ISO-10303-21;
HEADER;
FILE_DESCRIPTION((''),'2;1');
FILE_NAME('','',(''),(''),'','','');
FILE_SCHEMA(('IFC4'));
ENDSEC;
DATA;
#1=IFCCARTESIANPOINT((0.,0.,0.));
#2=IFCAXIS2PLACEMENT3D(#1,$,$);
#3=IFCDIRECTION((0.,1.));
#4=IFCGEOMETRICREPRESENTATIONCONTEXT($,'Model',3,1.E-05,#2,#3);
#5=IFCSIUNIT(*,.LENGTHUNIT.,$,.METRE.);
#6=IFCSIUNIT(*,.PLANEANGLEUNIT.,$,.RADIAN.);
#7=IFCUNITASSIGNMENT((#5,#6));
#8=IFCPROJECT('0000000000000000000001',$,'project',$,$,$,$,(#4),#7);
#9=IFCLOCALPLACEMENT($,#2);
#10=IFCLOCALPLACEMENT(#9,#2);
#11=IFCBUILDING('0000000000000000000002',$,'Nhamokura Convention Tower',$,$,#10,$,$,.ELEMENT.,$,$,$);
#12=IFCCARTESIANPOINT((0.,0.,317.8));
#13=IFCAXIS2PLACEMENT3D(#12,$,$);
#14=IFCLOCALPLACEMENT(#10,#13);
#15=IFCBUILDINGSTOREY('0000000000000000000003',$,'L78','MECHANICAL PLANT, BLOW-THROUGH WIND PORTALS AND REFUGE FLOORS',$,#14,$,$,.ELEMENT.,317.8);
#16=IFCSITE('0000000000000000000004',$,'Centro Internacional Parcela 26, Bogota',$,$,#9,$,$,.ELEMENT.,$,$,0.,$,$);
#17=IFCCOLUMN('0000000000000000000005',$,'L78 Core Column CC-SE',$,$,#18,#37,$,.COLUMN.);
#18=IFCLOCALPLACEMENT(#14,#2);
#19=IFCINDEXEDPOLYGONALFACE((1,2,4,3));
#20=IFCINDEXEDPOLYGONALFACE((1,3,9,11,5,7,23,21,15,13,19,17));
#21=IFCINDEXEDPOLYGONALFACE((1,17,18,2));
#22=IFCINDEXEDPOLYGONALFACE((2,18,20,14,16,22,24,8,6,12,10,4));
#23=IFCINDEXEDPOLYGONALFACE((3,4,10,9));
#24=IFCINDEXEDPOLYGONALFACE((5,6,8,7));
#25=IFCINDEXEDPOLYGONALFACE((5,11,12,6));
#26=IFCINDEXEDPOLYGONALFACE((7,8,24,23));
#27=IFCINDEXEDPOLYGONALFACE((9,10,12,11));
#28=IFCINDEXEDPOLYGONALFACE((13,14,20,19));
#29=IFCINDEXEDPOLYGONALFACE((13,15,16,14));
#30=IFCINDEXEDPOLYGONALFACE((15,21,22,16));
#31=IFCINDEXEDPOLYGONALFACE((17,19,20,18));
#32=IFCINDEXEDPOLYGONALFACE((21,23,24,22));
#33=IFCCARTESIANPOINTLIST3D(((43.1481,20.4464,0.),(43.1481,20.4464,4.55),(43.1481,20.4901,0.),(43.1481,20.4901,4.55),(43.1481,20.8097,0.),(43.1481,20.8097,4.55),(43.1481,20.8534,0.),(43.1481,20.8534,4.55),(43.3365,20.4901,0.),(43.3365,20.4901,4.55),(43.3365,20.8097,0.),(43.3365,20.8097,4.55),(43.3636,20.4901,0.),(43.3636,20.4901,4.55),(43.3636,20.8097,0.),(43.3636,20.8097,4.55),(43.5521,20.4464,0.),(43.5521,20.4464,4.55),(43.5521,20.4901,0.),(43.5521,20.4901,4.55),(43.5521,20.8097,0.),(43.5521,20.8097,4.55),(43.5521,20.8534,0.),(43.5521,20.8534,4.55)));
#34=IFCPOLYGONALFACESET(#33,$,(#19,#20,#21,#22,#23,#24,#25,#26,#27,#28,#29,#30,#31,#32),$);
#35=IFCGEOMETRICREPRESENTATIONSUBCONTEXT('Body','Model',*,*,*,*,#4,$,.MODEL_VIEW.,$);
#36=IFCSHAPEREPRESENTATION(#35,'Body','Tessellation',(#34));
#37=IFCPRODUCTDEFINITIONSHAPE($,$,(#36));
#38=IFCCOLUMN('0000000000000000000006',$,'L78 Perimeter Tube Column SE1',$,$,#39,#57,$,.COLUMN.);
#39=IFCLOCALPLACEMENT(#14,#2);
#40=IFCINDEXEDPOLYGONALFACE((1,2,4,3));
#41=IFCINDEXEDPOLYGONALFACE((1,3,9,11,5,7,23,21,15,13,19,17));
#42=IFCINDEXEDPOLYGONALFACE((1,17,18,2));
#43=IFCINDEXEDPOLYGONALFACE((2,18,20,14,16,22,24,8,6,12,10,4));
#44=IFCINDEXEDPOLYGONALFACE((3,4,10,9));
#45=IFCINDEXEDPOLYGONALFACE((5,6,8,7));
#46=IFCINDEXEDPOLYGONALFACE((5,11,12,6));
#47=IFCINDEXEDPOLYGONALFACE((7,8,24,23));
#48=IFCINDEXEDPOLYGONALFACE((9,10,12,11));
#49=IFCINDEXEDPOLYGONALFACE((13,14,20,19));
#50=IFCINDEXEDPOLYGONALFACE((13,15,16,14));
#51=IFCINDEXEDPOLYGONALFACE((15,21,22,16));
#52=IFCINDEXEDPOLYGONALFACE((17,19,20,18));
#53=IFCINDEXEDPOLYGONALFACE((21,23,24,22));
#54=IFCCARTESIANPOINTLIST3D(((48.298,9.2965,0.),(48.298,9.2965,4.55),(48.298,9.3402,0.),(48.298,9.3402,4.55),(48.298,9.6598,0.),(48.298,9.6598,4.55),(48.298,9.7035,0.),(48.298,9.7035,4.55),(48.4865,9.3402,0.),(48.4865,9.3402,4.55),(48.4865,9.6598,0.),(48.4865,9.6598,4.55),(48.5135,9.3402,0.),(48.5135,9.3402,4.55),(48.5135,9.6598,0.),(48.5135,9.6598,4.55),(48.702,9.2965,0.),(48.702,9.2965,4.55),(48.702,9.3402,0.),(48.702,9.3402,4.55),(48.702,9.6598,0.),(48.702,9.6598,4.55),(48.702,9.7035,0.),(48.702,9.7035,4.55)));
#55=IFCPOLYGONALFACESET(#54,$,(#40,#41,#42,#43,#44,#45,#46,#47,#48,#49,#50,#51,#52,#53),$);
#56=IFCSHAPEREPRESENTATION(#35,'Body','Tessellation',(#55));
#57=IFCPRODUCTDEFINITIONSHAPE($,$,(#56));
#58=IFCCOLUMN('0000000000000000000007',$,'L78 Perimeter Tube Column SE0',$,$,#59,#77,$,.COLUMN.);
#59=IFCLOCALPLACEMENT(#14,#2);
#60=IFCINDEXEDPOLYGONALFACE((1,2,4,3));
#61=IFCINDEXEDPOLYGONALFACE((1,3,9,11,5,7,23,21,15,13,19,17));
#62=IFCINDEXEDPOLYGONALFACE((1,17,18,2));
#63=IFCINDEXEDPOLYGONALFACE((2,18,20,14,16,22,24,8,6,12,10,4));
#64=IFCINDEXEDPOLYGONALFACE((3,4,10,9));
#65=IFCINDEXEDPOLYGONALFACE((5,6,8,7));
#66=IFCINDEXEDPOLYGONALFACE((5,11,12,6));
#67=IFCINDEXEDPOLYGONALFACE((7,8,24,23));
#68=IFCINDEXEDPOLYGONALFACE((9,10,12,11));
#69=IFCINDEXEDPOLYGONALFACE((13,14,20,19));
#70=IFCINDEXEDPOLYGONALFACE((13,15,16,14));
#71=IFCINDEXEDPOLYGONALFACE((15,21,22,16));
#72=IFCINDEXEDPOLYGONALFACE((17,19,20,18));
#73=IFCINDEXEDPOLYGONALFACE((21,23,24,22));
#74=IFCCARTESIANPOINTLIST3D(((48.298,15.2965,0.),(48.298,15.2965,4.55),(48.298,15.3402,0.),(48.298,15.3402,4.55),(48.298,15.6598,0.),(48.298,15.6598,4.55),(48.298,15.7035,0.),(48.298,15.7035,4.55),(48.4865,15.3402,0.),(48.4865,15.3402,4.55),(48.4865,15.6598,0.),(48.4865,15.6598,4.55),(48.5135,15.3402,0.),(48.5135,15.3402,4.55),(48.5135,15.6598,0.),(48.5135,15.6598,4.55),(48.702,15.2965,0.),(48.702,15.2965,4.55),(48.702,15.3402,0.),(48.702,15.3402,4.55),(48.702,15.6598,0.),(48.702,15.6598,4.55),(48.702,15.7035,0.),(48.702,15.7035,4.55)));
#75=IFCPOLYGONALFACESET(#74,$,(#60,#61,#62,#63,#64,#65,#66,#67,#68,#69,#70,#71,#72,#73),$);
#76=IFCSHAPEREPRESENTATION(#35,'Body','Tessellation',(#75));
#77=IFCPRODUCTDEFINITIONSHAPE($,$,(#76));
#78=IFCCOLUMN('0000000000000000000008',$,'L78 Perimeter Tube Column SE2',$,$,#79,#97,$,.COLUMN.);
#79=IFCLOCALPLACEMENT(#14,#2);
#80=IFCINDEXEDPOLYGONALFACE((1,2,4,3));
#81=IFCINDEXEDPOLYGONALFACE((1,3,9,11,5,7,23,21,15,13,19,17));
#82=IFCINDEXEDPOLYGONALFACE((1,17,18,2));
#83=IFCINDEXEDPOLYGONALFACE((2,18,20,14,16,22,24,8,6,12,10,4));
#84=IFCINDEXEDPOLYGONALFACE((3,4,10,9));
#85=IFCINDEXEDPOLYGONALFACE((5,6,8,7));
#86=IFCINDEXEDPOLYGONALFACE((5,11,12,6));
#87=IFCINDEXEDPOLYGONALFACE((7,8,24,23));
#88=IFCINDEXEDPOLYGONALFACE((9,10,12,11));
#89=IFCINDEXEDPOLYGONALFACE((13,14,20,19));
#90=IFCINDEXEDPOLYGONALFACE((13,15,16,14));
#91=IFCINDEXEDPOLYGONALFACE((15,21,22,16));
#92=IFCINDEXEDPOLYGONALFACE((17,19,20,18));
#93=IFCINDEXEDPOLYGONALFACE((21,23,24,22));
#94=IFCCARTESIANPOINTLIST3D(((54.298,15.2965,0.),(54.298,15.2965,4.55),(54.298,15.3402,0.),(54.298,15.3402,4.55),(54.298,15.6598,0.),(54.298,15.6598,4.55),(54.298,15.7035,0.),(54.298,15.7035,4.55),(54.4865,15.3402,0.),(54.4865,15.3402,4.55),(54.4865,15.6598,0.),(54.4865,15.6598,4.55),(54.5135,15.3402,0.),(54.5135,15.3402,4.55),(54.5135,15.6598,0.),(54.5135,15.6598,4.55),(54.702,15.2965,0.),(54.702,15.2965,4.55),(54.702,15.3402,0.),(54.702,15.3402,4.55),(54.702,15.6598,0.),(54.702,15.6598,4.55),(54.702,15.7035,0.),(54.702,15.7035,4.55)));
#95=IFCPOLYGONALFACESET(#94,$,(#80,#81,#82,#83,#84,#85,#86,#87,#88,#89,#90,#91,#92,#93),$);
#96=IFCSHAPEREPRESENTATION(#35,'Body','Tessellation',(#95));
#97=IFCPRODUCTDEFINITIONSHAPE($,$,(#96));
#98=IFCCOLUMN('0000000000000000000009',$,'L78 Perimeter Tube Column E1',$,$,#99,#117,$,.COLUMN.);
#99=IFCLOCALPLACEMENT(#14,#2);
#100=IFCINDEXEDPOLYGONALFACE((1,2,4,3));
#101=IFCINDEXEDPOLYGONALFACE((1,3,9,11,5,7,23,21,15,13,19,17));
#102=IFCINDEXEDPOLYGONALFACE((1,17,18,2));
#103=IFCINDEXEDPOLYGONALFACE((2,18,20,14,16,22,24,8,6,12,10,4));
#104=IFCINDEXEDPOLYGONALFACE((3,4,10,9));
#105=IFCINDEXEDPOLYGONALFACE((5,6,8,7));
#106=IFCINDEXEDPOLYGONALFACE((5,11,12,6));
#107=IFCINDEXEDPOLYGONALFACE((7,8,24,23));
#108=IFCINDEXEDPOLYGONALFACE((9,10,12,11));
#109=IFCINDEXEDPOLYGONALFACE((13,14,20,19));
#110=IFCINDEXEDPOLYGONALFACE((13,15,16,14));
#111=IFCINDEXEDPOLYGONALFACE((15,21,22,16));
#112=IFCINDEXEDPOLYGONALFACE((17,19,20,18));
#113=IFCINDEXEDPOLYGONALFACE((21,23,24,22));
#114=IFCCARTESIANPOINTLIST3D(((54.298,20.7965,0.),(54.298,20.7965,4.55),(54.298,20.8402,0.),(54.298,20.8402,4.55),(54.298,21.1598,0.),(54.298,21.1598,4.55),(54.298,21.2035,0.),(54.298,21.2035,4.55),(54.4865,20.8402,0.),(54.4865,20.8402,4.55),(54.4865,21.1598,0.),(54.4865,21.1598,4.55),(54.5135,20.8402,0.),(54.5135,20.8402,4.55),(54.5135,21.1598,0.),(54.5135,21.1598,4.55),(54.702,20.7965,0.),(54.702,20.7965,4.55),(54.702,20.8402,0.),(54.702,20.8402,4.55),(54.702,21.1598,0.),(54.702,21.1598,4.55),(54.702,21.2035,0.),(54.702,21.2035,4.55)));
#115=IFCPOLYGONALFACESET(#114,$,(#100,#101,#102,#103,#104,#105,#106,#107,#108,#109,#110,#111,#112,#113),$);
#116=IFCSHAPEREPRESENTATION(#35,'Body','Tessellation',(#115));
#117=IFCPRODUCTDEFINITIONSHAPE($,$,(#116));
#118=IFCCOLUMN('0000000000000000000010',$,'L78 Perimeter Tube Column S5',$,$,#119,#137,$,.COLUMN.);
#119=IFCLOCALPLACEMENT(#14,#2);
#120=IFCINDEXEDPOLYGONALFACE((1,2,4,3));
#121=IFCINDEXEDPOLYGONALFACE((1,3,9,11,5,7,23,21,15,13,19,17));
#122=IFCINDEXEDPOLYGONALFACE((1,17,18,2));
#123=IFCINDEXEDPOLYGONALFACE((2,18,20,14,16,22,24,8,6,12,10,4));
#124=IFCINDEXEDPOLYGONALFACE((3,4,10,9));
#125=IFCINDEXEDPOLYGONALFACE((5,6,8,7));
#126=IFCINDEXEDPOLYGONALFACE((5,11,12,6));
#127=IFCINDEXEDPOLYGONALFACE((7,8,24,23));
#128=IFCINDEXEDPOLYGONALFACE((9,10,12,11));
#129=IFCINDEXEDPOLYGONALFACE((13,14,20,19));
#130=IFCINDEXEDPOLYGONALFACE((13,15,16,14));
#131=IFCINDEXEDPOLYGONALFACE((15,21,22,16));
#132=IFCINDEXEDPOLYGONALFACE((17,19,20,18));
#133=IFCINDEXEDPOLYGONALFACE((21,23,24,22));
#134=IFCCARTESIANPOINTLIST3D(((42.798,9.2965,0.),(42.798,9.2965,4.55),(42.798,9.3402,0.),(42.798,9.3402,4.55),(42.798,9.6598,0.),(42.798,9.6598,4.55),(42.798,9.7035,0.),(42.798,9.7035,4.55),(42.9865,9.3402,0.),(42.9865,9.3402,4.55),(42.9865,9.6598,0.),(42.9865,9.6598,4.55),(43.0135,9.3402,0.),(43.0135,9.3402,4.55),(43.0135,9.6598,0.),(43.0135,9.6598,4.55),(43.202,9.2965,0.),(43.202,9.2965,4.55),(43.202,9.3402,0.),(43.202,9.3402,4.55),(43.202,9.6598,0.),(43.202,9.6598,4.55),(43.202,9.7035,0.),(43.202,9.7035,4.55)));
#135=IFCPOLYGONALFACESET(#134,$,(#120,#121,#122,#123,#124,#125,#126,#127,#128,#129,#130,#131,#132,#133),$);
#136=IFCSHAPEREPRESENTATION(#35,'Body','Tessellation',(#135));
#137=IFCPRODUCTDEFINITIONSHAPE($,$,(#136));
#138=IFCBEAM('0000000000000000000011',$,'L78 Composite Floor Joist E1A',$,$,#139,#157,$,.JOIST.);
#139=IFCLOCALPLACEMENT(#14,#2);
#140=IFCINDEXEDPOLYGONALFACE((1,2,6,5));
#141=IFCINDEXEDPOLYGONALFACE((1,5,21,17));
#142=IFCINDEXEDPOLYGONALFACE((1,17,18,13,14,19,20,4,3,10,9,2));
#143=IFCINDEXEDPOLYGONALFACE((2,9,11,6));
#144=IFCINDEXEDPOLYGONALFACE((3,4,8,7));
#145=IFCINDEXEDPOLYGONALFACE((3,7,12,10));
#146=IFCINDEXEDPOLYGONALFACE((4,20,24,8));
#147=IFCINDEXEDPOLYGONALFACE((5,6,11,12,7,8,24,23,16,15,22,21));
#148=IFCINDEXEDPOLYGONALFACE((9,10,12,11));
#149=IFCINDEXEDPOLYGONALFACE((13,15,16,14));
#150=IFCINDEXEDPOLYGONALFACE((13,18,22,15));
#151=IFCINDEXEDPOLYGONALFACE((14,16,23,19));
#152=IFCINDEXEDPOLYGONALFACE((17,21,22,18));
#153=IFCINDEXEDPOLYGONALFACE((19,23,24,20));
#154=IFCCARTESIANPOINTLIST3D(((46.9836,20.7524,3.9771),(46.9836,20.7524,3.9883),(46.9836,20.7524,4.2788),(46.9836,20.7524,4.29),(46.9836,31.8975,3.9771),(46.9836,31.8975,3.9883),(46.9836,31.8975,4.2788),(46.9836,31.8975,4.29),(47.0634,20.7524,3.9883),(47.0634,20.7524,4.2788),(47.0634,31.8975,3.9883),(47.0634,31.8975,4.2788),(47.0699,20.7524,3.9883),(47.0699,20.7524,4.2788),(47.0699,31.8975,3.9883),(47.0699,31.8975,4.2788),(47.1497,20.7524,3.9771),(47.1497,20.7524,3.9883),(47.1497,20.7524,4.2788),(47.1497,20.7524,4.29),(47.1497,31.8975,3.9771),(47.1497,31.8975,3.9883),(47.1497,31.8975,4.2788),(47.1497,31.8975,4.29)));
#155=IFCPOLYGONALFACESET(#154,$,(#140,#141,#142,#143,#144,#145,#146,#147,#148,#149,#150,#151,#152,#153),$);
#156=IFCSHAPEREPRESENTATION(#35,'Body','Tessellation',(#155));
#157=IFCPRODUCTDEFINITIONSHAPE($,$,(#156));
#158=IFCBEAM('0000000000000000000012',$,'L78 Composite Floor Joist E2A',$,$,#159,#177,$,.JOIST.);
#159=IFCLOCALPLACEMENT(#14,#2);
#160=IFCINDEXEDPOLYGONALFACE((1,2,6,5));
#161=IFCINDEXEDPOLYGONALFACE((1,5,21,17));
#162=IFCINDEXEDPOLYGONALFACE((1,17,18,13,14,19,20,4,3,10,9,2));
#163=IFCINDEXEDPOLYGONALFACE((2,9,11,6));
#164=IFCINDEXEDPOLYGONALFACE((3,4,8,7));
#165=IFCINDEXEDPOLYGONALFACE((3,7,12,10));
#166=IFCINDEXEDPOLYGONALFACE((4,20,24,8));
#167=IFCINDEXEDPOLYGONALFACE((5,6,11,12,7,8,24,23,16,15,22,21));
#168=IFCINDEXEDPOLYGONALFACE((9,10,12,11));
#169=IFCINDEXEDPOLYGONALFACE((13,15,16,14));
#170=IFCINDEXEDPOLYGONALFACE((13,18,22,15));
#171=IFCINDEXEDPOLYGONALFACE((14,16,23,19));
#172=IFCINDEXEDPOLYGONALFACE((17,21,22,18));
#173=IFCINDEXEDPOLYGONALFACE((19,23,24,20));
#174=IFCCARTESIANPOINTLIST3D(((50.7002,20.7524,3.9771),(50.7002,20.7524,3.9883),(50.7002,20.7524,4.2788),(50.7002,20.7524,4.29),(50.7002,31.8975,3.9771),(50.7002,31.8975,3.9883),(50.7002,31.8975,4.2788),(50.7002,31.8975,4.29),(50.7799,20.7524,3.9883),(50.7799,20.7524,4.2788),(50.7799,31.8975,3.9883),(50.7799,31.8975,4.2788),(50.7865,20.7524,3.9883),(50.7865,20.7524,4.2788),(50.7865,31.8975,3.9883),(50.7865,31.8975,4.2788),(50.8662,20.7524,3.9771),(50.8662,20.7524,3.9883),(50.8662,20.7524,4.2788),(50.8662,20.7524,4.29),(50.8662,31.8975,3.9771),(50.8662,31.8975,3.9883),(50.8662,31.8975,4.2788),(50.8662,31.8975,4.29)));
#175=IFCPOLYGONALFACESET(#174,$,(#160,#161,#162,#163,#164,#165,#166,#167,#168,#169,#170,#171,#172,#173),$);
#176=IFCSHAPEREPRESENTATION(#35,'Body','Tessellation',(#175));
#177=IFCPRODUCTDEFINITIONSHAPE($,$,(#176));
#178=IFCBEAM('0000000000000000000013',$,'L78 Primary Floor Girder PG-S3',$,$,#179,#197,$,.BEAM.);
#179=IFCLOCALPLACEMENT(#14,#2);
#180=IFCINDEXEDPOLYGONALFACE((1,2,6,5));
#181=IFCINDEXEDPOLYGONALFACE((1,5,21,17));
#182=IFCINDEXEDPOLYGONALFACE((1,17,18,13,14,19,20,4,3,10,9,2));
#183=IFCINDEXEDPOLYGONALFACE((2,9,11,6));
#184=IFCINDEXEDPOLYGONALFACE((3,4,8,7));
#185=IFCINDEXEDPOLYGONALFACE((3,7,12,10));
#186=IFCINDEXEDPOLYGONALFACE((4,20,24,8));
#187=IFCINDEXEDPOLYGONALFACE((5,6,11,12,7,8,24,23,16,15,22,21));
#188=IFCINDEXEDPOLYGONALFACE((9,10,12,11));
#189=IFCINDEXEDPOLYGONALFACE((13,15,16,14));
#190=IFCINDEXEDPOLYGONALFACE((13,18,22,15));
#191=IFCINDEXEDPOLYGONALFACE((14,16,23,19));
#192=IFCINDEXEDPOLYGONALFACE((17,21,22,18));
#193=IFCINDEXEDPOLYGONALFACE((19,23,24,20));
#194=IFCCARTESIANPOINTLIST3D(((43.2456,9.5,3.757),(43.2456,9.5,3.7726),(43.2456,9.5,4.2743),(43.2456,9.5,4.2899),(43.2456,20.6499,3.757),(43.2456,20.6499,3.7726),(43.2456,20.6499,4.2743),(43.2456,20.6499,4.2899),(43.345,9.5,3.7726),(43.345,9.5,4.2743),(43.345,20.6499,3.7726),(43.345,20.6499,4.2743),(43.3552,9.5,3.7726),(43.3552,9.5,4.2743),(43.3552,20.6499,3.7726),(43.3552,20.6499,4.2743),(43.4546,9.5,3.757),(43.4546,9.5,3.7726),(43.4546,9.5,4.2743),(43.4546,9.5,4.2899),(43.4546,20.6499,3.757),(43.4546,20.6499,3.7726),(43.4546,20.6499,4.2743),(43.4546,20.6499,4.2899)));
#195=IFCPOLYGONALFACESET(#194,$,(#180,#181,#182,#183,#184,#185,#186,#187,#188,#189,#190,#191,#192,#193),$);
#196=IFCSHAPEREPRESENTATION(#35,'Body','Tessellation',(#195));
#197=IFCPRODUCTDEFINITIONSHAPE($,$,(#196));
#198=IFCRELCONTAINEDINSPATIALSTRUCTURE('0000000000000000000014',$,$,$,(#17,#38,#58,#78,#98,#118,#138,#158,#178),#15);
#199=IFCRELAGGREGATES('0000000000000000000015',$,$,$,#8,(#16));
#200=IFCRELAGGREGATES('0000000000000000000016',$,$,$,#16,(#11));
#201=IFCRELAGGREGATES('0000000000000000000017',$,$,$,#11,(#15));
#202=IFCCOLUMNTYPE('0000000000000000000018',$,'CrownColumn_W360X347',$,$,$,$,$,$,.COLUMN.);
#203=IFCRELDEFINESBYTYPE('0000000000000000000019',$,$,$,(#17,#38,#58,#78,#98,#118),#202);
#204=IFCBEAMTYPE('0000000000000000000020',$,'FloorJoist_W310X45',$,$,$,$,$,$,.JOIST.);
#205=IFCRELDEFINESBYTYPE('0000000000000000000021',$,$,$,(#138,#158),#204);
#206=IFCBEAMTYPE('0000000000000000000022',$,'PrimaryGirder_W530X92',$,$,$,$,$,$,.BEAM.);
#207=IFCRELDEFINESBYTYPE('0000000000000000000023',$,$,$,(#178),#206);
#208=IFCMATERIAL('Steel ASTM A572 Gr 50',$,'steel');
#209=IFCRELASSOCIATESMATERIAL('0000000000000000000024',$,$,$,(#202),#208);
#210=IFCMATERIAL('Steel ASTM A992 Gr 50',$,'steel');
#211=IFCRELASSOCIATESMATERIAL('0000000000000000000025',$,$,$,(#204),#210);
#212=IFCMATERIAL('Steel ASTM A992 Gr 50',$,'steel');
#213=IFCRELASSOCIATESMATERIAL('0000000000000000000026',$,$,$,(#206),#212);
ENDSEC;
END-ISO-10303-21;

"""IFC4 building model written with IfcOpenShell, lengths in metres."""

from ifc_helpers import new_model, si_unit, direction, frame, origin, origin_2d, place, context, subcontext, project, spatial, i_section, extrude, material, material_profile, profile_set, type_object, element, save


model = new_model("IFC4")

# Units and contexts
model_context = context("Model", 3, precision=1e-05, world=origin(), true_north=direction((0.0, 1.0)))
body_context = subcontext(model_context, "Body", "Model", "MODEL_VIEW")
ifc_project = project(units=[si_unit("LENGTHUNIT", "METRE"), si_unit("PLANEANGLEUNIT", "RADIAN")], contexts=[model_context])

# Site, building, storey
site_placement = place(None, origin())
site = spatial("IfcSite", under=ifc_project, at=site_placement, Name="Centro Internacional Parcela 26, Bogota", CompositionType="ELEMENT", RefElevation=0.0)
building_placement = place(site_placement, origin())
building = spatial("IfcBuilding", under=site, at=building_placement, Name="Nhamokura Convention Tower", CompositionType="ELEMENT")
storey_placement = place(building_placement, frame((0.0, 0.0, 317.8)))
storey = spatial("IfcBuildingStorey", under=building, at=storey_placement, Name="L78", Description="MECHANICAL PLANT, BLOW-THROUGH WIND PORTALS AND REFUGE FLOORS", CompositionType="ELEMENT", Elevation=317.8)

# Columns
ifc_material_1 = material(Name="Steel ASTM A572 Gr 50", Category="steel")
ifc_material_profile_1 = material_profile(ifc_material_1, i_section(OverallWidth=0.4041, OverallDepth=0.407, WebThickness=0.0271, FlangeThickness=0.0437, at=origin_2d()))
ifc_profile_set_1 = profile_set([ifc_material_profile_1], Name="Steel ASTM A572 Gr 50")
column_type = type_object("IfcColumnType", Name="CrownColumn_W360X347", PredefinedType="COLUMN", material=ifc_profile_set_1)
for number, where, z_axis, x_axis, name in (
    (1, (43.3501, 20.6499, 0.0), (0.0, 0.0, 1.0), (1.0, 0.0, 0.0), "L78 Core Column CC-SE"),
    (2, (48.5, 9.5, 0.0), (0.0, 0.0, 1.0), (1.0, 0.0, 0.0), "L78 Perimeter Tube Column SE1"),
    (3, (48.5, 15.5, 0.0), (0.0, 0.0, 1.0), (1.0, 0.0, 0.0), "L78 Perimeter Tube Column SE0"),
    (4, (54.5, 15.5, 0.0), (0.0, 0.0, 1.0), (1.0, 0.0, 0.0), "L78 Perimeter Tube Column SE2"),
    (5, (54.5, 21.0, 0.0), (0.0, 0.0, 1.0), (1.0, 0.0, 0.0), "L78 Perimeter Tube Column E1"),
    (6, (43.0, 9.5, 0.0), (0.0, 0.0, 1.0), (1.0, 0.0, 0.0), "L78 Perimeter Tube Column S5"),
):
    element("IfcColumn", number, at=place(storey_placement, frame(where, z_axis=z_axis, x_axis=x_axis)), inside=storey, type_object=column_type, Name=name, PredefinedType="COLUMN", context=body_context, shape_type="SweptSolid", body=[
        extrude(i_section(OverallWidth=0.4041, OverallDepth=0.407, WebThickness=0.0271, FlangeThickness=0.0437, at=origin_2d()), origin(), (0.0, 0.0, 1.0), 4.55),
    ])

# Beams
ifc_material_2 = material(Name="Steel ASTM A992 Gr 50", Category="steel")
ifc_material_profile_2 = material_profile(ifc_material_2, i_section(OverallWidth=0.166, OverallDepth=0.313, WebThickness=0.0066, FlangeThickness=0.0112, at=origin_2d()))
ifc_profile_set_2 = profile_set([ifc_material_profile_2], Name="Steel ASTM A992 Gr 50")
beam_type_1 = type_object("IfcBeamType", Name="FloorJoist_W310X45", PredefinedType="JOIST", material=ifc_profile_set_2)
for number, where, z_axis, x_axis, name in (
    (7, (47.0667, 20.7524, 4.1335), (0.0, 1.0, 0.0), (-1.0, 0.0, 0.0), "L78 Composite Floor Joist E1A"),
    (8, (50.7832, 20.7524, 4.1335), (0.0, 1.0, 0.0), (-1.0, 0.0, 0.0), "L78 Composite Floor Joist E2A"),
):
    element("IfcBeam", number, at=place(storey_placement, frame(where, z_axis=z_axis, x_axis=x_axis)), inside=storey, type_object=beam_type_1, Name=name, PredefinedType="JOIST", context=body_context, shape_type="SweptSolid", body=[
        extrude(i_section(OverallWidth=0.166, OverallDepth=0.313, WebThickness=0.0066, FlangeThickness=0.0112, at=origin_2d()), origin(), (0.0, 0.0, 1.0), 11.145),
    ])
ifc_material_3 = material(Name="Steel ASTM A992 Gr 50", Category="steel")
ifc_material_profile_3 = material_profile(ifc_material_3, i_section(OverallWidth=0.209, OverallDepth=0.533, WebThickness=0.0103, FlangeThickness=0.0156, at=origin_2d()))
ifc_profile_set_3 = profile_set([ifc_material_profile_3], Name="Steel ASTM A992 Gr 50")
beam_type_2 = type_object("IfcBeamType", Name="PrimaryGirder_W530X92", PredefinedType="BEAM", material=ifc_profile_set_3)
for number, where, z_axis, x_axis, name in (
    (9, (43.3501, 9.5, 4.0234), (0.0, 1.0, 0.0), (-1.0, 0.0, 0.0), "L78 Primary Floor Girder PG-S3"),
):
    element("IfcBeam", number, at=place(storey_placement, frame(where, z_axis=z_axis, x_axis=x_axis)), inside=storey, type_object=beam_type_2, Name=name, PredefinedType="BEAM", context=body_context, shape_type="SweptSolid", body=[
        extrude(i_section(OverallWidth=0.209, OverallDepth=0.533, WebThickness=0.0103, FlangeThickness=0.0156, at=origin_2d()), origin(), (0.0, 0.0, 1.0), 11.1499),
    ])

save(model, "model.ifc")
